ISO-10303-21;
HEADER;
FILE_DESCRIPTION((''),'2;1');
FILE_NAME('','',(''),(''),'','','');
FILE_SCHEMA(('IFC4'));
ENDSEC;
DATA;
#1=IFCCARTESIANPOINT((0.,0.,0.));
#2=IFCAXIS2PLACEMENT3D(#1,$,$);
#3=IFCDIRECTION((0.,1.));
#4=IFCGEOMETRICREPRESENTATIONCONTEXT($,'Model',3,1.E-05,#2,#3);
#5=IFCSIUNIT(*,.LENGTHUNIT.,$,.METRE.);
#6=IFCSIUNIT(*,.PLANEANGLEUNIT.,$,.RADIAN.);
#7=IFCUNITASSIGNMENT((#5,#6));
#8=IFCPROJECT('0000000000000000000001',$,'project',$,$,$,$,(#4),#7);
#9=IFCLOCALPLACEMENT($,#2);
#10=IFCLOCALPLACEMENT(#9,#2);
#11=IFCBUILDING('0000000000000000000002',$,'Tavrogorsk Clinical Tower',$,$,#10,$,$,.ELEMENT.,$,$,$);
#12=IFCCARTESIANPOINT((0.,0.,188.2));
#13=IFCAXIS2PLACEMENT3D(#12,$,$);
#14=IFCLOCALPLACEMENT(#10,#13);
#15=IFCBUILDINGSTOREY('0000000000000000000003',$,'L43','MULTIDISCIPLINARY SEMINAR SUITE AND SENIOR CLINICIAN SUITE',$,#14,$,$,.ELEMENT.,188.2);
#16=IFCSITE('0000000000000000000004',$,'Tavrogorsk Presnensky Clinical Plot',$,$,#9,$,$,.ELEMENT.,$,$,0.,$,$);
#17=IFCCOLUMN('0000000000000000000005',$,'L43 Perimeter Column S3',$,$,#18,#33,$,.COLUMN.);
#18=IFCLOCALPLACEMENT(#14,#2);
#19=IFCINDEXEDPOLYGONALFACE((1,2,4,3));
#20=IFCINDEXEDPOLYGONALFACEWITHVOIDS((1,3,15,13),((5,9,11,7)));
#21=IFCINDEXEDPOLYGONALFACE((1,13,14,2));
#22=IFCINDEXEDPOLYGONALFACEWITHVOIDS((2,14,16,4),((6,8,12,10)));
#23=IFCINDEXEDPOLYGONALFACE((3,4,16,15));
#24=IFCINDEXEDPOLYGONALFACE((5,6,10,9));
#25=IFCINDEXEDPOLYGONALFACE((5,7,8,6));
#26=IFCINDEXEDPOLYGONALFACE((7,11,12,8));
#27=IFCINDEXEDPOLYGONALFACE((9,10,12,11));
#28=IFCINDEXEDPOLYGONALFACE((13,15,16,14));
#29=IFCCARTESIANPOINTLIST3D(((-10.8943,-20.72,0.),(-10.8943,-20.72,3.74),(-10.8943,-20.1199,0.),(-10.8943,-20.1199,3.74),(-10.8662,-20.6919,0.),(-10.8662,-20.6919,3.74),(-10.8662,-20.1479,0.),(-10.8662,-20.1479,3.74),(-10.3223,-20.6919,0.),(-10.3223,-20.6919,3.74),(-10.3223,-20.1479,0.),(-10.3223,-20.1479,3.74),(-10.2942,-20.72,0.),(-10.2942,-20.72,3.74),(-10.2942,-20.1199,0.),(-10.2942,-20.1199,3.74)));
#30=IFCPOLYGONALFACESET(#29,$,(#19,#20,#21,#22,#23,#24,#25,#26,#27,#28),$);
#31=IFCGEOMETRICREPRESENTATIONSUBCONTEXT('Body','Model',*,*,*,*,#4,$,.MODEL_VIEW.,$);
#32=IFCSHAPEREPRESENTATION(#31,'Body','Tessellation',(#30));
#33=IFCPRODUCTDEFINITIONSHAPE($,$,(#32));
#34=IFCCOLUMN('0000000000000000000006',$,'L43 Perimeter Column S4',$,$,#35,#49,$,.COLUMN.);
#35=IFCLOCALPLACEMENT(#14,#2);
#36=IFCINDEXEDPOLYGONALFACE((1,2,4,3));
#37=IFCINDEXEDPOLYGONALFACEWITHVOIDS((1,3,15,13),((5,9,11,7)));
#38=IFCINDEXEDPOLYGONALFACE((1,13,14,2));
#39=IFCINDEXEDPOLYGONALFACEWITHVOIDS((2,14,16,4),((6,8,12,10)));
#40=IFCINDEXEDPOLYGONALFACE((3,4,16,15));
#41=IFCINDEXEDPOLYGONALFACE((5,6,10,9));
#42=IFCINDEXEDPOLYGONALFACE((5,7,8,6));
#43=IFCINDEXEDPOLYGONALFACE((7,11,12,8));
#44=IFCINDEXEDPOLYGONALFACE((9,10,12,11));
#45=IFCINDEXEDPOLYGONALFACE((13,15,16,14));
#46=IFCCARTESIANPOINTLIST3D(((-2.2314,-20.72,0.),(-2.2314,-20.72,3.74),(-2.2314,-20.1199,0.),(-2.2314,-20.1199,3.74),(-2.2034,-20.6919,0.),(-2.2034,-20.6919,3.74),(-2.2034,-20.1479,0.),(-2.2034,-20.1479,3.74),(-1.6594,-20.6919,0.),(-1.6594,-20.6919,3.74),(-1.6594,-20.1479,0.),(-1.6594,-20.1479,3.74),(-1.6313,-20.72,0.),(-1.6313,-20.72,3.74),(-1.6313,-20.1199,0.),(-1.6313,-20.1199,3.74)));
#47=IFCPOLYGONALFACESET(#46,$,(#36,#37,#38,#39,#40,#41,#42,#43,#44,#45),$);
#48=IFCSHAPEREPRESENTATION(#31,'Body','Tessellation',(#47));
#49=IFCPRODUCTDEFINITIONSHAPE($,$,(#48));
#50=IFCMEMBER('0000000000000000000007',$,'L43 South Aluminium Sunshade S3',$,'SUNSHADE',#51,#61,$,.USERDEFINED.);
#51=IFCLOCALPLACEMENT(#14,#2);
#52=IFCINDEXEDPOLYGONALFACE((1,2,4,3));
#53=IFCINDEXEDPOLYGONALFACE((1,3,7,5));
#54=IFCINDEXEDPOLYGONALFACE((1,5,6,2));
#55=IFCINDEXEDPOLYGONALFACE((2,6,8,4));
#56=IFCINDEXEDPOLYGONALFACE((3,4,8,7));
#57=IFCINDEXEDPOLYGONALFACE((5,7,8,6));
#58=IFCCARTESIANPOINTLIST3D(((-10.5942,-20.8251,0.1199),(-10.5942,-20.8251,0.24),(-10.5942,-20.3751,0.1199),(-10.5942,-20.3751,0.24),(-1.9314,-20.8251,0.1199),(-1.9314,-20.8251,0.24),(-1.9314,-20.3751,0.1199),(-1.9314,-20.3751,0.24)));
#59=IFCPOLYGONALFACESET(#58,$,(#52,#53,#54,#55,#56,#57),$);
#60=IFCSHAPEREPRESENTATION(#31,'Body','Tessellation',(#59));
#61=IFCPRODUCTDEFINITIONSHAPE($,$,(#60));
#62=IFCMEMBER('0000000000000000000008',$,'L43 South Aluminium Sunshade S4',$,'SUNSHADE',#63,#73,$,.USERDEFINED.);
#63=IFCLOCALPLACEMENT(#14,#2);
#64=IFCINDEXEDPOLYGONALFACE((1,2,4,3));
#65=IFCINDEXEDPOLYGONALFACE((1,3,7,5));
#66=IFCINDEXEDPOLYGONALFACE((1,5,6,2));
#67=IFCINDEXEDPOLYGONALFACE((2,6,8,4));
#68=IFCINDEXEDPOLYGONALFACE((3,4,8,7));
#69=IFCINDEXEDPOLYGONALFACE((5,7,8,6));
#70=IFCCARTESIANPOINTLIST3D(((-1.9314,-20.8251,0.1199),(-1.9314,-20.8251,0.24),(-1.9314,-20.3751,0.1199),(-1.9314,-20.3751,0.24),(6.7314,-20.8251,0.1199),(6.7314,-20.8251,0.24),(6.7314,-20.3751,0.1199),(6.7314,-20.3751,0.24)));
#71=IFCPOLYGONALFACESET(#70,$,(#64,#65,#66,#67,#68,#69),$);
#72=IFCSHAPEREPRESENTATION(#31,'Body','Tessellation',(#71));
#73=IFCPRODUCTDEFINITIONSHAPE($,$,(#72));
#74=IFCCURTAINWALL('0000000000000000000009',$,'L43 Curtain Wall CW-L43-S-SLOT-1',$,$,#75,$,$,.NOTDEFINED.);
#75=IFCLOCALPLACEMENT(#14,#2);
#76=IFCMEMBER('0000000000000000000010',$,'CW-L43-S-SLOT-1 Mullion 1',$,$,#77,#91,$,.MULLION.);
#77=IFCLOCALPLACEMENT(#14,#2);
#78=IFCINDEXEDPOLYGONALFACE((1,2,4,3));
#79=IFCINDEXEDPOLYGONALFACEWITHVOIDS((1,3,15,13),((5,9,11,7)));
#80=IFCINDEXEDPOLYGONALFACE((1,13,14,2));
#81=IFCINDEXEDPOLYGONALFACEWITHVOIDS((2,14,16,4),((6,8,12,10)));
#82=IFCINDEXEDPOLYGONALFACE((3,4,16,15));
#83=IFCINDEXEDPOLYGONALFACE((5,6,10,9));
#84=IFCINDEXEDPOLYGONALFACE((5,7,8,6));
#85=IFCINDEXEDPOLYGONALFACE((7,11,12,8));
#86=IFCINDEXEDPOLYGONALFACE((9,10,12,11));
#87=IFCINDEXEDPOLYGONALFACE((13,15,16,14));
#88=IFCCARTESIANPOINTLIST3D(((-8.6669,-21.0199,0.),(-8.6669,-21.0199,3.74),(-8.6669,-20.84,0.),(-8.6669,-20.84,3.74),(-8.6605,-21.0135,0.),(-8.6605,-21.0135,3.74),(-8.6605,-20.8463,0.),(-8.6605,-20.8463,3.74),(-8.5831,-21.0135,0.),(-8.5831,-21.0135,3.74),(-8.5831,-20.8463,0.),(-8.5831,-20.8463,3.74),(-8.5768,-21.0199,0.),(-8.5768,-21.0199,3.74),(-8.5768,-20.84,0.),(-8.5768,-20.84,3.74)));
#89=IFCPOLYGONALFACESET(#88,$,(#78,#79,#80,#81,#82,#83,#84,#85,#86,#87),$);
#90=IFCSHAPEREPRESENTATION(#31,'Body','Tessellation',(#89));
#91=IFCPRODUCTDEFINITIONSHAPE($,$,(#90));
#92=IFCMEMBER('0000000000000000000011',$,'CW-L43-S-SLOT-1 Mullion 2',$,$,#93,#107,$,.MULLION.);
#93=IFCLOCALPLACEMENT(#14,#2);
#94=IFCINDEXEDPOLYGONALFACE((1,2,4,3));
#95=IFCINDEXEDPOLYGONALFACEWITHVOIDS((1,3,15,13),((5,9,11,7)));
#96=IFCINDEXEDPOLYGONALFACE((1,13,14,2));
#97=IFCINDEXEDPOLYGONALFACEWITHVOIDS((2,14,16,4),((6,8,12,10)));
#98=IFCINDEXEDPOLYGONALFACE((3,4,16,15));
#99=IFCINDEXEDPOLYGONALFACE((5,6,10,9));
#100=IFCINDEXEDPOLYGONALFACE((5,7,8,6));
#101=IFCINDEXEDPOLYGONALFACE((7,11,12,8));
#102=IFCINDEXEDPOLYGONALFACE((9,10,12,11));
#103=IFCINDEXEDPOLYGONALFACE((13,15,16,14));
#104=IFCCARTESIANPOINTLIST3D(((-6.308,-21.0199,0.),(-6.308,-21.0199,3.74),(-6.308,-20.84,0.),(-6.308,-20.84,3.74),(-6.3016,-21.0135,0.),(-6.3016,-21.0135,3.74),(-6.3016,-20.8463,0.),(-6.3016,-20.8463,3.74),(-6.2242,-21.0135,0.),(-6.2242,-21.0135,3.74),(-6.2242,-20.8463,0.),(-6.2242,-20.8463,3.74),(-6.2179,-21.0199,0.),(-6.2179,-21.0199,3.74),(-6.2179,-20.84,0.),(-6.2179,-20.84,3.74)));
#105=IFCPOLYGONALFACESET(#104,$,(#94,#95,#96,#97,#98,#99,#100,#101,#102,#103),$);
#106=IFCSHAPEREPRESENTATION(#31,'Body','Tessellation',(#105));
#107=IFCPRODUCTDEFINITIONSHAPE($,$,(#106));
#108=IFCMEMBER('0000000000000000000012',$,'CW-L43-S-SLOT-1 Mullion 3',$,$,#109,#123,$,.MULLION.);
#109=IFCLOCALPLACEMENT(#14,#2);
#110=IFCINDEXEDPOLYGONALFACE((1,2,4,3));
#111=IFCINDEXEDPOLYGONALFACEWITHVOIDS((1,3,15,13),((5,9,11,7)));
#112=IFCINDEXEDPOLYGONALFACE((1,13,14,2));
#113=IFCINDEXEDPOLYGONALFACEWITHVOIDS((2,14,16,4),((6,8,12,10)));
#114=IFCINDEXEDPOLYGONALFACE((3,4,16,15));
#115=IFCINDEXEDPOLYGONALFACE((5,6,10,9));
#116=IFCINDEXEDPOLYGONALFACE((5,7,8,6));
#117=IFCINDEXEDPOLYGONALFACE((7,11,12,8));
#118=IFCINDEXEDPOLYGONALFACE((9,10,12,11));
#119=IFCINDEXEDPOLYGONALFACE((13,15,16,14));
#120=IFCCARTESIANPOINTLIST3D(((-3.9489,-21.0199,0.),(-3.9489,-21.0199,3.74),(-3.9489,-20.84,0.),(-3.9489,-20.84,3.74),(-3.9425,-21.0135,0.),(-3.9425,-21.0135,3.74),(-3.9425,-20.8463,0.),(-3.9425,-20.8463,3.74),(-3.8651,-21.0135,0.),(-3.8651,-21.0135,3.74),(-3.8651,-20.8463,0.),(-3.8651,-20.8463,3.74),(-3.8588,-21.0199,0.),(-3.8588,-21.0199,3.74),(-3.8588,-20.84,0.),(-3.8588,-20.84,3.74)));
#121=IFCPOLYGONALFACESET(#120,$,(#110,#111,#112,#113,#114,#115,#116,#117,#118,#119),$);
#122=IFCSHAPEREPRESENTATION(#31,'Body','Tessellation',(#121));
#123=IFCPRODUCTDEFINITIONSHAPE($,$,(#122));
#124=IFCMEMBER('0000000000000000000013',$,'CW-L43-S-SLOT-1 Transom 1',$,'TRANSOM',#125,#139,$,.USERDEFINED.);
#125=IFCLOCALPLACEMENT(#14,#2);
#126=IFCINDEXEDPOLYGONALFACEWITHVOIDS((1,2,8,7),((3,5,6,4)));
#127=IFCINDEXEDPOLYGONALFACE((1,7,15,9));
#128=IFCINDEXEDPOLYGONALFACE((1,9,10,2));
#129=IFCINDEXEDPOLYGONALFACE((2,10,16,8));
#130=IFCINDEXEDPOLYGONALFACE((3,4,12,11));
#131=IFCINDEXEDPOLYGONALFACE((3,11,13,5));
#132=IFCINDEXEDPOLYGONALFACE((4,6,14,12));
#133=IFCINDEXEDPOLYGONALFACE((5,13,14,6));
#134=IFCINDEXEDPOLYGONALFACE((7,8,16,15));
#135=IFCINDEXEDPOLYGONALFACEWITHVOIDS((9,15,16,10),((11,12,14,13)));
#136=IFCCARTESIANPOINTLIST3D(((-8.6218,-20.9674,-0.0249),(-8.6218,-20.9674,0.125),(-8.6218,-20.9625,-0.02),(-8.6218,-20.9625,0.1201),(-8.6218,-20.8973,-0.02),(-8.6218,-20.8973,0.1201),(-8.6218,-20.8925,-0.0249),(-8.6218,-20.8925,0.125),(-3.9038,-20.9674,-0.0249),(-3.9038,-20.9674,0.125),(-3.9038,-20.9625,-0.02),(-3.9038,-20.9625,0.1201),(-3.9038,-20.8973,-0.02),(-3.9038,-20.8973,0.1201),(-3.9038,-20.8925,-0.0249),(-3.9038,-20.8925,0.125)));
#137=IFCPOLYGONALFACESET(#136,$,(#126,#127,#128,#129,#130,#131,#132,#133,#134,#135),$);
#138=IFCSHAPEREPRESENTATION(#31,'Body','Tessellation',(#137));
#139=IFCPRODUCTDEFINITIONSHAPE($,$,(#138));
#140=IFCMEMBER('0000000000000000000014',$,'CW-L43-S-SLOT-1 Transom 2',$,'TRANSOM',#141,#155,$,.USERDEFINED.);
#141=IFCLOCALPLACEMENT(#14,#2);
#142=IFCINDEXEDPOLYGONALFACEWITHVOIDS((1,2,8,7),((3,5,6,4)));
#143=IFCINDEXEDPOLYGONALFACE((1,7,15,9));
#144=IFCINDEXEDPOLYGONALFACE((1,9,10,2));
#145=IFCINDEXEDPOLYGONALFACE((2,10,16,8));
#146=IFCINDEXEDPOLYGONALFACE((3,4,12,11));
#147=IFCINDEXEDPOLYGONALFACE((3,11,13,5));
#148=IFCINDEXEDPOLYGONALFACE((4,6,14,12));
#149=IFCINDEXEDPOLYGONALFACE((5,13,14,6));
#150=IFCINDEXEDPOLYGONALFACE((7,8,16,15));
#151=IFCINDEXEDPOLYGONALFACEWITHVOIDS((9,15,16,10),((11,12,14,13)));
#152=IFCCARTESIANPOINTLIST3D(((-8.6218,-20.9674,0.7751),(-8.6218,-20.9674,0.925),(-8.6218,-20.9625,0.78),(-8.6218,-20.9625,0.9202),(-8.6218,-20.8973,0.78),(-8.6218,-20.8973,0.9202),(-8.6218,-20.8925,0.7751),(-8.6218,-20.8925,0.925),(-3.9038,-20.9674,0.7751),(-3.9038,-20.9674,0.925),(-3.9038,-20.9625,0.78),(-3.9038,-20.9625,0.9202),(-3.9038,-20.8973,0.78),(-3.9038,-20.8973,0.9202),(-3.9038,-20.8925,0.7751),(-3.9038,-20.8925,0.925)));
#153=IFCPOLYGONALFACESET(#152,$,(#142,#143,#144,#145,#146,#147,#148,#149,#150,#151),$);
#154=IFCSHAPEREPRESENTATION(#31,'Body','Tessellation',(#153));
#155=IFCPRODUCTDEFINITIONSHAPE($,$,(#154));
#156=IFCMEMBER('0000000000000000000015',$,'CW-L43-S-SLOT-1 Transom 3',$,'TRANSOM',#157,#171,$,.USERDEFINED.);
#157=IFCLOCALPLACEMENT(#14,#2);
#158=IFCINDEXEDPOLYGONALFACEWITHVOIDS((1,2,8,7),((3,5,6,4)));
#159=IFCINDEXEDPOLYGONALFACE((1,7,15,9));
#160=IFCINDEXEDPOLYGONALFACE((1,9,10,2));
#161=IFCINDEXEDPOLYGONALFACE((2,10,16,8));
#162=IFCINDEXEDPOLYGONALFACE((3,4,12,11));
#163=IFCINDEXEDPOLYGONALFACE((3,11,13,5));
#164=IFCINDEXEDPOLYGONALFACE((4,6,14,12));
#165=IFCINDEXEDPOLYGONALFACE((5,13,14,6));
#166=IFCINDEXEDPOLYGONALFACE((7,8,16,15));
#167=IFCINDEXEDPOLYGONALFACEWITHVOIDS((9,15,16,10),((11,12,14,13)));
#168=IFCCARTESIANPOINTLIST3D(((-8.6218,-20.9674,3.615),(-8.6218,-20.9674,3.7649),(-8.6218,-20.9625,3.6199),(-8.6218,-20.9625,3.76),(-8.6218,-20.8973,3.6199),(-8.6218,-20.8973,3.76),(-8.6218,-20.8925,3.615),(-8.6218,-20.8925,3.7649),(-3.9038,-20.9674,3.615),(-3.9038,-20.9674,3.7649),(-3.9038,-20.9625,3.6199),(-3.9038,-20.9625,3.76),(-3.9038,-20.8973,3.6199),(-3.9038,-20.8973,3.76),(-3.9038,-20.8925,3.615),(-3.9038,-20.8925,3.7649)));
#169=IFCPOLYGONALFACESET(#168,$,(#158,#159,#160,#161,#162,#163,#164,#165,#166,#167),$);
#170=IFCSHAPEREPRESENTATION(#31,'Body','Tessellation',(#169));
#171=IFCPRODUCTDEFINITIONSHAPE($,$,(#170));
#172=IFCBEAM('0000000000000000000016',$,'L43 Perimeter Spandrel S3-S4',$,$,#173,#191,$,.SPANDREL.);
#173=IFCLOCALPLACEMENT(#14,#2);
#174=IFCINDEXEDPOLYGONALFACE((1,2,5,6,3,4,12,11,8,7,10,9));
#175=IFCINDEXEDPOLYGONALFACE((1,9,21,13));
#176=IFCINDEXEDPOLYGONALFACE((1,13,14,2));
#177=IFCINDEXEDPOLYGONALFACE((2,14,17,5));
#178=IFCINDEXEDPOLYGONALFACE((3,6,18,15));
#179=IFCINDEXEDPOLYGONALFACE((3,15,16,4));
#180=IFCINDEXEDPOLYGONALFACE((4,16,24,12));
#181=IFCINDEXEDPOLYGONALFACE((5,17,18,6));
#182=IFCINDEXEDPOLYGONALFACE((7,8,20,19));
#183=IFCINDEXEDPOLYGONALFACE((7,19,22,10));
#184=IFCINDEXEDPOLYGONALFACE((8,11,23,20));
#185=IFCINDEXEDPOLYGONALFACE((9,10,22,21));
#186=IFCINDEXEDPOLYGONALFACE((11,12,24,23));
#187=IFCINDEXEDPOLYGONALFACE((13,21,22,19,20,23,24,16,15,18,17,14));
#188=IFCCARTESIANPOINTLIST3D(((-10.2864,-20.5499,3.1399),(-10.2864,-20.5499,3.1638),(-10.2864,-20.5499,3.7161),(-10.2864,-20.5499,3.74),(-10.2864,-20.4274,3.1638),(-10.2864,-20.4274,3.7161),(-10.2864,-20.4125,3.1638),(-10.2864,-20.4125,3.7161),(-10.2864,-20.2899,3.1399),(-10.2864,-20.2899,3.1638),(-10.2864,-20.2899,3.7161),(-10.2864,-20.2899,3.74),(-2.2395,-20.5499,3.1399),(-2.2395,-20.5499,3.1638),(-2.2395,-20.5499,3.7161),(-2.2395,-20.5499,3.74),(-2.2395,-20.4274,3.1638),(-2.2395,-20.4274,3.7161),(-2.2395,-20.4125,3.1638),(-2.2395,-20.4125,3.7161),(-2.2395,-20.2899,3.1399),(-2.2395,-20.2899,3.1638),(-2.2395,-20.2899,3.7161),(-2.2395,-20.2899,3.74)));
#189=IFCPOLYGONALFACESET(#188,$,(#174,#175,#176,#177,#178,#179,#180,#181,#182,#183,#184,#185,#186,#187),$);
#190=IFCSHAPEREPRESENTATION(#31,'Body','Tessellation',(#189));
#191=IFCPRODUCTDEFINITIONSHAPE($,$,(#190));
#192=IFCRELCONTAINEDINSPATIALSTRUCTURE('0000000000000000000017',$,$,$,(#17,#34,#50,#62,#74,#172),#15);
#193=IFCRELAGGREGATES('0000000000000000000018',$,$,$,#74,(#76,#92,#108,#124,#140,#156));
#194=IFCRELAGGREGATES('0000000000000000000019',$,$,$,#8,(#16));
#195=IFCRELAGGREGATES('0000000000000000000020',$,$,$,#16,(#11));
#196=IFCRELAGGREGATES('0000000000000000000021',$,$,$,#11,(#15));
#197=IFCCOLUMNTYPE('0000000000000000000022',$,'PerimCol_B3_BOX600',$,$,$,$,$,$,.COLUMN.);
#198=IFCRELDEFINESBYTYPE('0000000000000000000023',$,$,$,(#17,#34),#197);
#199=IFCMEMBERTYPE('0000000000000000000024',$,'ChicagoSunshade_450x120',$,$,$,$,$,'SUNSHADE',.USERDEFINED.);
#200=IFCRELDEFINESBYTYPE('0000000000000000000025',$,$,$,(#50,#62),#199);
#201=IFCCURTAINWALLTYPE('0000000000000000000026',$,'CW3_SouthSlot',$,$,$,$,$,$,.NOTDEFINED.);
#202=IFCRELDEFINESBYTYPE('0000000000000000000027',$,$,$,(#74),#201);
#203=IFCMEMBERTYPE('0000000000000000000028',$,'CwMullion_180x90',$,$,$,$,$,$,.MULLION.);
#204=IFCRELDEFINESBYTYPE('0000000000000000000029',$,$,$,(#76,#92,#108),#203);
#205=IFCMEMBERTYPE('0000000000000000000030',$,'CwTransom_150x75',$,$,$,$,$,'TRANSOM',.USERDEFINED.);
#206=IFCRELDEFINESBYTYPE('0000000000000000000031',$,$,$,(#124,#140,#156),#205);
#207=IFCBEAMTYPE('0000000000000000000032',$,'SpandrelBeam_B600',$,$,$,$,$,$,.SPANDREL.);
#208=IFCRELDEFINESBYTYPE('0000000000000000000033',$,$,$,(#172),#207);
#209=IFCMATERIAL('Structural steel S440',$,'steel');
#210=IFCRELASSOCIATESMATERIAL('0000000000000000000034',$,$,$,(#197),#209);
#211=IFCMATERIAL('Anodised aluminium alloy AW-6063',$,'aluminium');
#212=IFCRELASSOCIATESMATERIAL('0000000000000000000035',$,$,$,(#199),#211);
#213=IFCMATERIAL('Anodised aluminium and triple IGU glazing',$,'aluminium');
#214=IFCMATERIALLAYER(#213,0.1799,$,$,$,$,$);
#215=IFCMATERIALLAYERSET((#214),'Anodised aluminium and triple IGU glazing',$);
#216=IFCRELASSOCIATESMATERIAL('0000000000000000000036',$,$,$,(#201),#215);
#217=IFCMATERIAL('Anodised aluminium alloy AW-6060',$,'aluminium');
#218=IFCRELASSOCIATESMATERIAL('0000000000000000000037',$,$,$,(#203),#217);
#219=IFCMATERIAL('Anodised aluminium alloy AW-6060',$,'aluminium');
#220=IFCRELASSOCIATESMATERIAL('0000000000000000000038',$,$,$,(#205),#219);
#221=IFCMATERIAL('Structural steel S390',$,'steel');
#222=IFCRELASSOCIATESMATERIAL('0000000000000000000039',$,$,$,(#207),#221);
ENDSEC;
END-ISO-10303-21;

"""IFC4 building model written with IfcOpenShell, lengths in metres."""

from ifc_helpers import new_model, si_unit, direction, frame, origin, origin_2d, place, context, subcontext, project, spatial, rectangle, hollow_rectangle, i_section, extrude, material, layer, layer_set, material_profile, profile_set, type_object, element, aggregate, save


model = new_model("IFC4")

# Units and contexts
model_context = context("Model", 3, precision=1e-05, world=origin(), true_north=direction((0.0, 1.0)))
body_context = subcontext(model_context, "Body", "Model", "MODEL_VIEW")
ifc_project = project(units=[si_unit("LENGTHUNIT", "METRE"), si_unit("PLANEANGLEUNIT", "RADIAN")], contexts=[model_context])

# Site, building, storey
site_placement = place(None, origin())
site = spatial("IfcSite", under=ifc_project, at=site_placement, Name="Tavrogorsk Presnensky Clinical Plot", CompositionType="ELEMENT", RefElevation=0.0)
building_placement = place(site_placement, origin())
building = spatial("IfcBuilding", under=site, at=building_placement, Name="Tavrogorsk Clinical Tower", CompositionType="ELEMENT")
storey_placement = place(building_placement, frame((0.0, 0.0, 188.2)))
storey = spatial("IfcBuildingStorey", under=building, at=storey_placement, Name="L43", Description="MULTIDISCIPLINARY SEMINAR SUITE AND SENIOR CLINICIAN SUITE", CompositionType="ELEMENT", Elevation=188.2)

# Columns
ifc_material_1 = material(Name="Structural steel S440", Category="steel")
ifc_material_profile_1 = material_profile(ifc_material_1, hollow_rectangle(XDim=0.6001, YDim=0.6001, WallThickness=0.0281, at=origin_2d()), Name="BOX-600x600x28")
ifc_profile_set_1 = profile_set([ifc_material_profile_1], Name="Structural steel S440")
column_type = type_object("IfcColumnType", Name="PerimCol_B3_BOX600", PredefinedType="COLUMN", material=ifc_profile_set_1)
for number, where, z_axis, x_axis, name in (
    (1, (-10.5942, -20.4199, 0.0), (0.0, 0.0, 1.0), (1.0, 0.0, 0.0), "L43 Perimeter Column S3"),
    (2, (-1.9314, -20.4199, 0.0), (0.0, 0.0, 1.0), (1.0, 0.0, 0.0), "L43 Perimeter Column S4"),
):
    element("IfcColumn", number, at=place(storey_placement, frame(where, z_axis=z_axis, x_axis=x_axis)), inside=storey, type_object=column_type, Name=name, PredefinedType="COLUMN", context=body_context, shape_type="SweptSolid", body=[
        extrude(hollow_rectangle(XDim=0.6001, YDim=0.6001, WallThickness=0.0281, at=origin_2d()), origin(), (0.0, 0.0, 1.0), 3.74),
    ])

# Members
ifc_material_2 = material(Name="Anodised aluminium alloy AW-6063", Category="aluminium")
ifc_material_profile_2 = material_profile(ifc_material_2, rectangle(XDim=0.45, YDim=0.1201, at=origin_2d()), Name="ALU-SUNSHADE-450x120")
ifc_profile_set_2 = profile_set([ifc_material_profile_2], Name="Anodised aluminium alloy AW-6063")
member_type_1 = type_object("IfcMemberType", Name="ChicagoSunshade_450x120", ElementType="SUNSHADE", PredefinedType="USERDEFINED", material=ifc_profile_set_2)
for number, where, z_axis, x_axis, name in (
    (3, (-10.5942, -20.6001, 0.1799), (1.0, 0.0, 0.0), (0.0, 1.0, 0.0), "L43 South Aluminium Sunshade S3"),
    (4, (-1.9314, -20.6001, 0.1799), (1.0, 0.0, 0.0), (0.0, 1.0, 0.0), "L43 South Aluminium Sunshade S4"),
):
    element("IfcMember", number, at=place(storey_placement, frame(where, z_axis=z_axis, x_axis=x_axis)), inside=storey, type_object=member_type_1, Name=name, ObjectType="SUNSHADE", PredefinedType="USERDEFINED", context=body_context, shape_type="SweptSolid", body=[
        extrude(rectangle(XDim=0.45, YDim=0.1201, at=origin_2d()), origin(), (0.0, 0.0, 1.0), 8.6628),
    ])

# Curtain wall, members
ifc_material_3 = material(Name="Anodised aluminium and triple IGU glazing", Category="aluminium")
ifc_layer_1 = layer(ifc_material_3, 0.1799)
ifc_layer_set_1 = layer_set([ifc_layer_1], Name="Anodised aluminium and triple IGU glazing")
curtain_wall_type = type_object("IfcCurtainWallType", Name="CW3_SouthSlot", PredefinedType="NOTDEFINED", material=ifc_layer_set_1)
curtain_wall_placement = place(storey_placement, origin())
curtain_wall = element("IfcCurtainWall", 5, at=curtain_wall_placement, inside=storey, type_object=curtain_wall_type, Name="L43 Curtain Wall CW-L43-S-SLOT-1", PredefinedType="NOTDEFINED")
ifc_material_4 = material(Name="Anodised aluminium alloy AW-6060", Category="aluminium")
ifc_material_profile_3 = material_profile(ifc_material_4, hollow_rectangle(XDim=0.0901, YDim=0.1799, WallThickness=0.0063, at=origin_2d()), Name="RHS-180x90x6.3")
ifc_profile_set_3 = profile_set([ifc_material_profile_3], Name="Anodised aluminium alloy AW-6060")
member_type_2 = type_object("IfcMemberType", Name="CwMullion_180x90", PredefinedType="MULLION", material=ifc_profile_set_3)
member_1_placement = place(storey_placement, frame((-8.6218, -20.9299, 0.0), z_axis=(0.0, 0.0, 1.0), x_axis=(1.0, 0.0, 0.0)))
member_1 = element("IfcMember", 6, at=member_1_placement, type_object=member_type_2, Name="CW-L43-S-SLOT-1 Mullion 1", PredefinedType="MULLION", context=body_context, shape_type="SweptSolid", body=[
    extrude(hollow_rectangle(XDim=0.0901, YDim=0.1799, WallThickness=0.0063, at=origin_2d()), origin(), (0.0, 0.0, 1.0), 3.74),
])
member_2_placement = place(storey_placement, frame((-6.2629, -20.9299, 0.0), z_axis=(0.0, 0.0, 1.0), x_axis=(1.0, 0.0, 0.0)))
member_2 = element("IfcMember", 7, at=member_2_placement, type_object=member_type_2, Name="CW-L43-S-SLOT-1 Mullion 2", PredefinedType="MULLION", context=body_context, shape_type="SweptSolid", body=[
    extrude(hollow_rectangle(XDim=0.0901, YDim=0.1799, WallThickness=0.0063, at=origin_2d()), origin(), (0.0, 0.0, 1.0), 3.74),
])
member_3_placement = place(storey_placement, frame((-3.9038, -20.9299, 0.0), z_axis=(0.0, 0.0, 1.0), x_axis=(1.0, 0.0, 0.0)))
member_3 = element("IfcMember", 8, at=member_3_placement, type_object=member_type_2, Name="CW-L43-S-SLOT-1 Mullion 3", PredefinedType="MULLION", context=body_context, shape_type="SweptSolid", body=[
    extrude(hollow_rectangle(XDim=0.0901, YDim=0.1799, WallThickness=0.0063, at=origin_2d()), origin(), (0.0, 0.0, 1.0), 3.74),
])
ifc_material_5 = material(Name="Anodised aluminium alloy AW-6060", Category="aluminium")
ifc_material_profile_4 = material_profile(ifc_material_5, hollow_rectangle(XDim=0.075, YDim=0.1499, WallThickness=0.0049, at=origin_2d()), Name="RHS-150x75x5")
ifc_profile_set_4 = profile_set([ifc_material_profile_4], Name="Anodised aluminium alloy AW-6060")
member_type_3 = type_object("IfcMemberType", Name="CwTransom_150x75", ElementType="TRANSOM", PredefinedType="USERDEFINED", material=ifc_profile_set_4)
member_4_placement = place(storey_placement, frame((-8.6218, -20.9299, 0.05), z_axis=(1.0, 0.0, 0.0), x_axis=(0.0, 1.0, 0.0)))
member_4 = element("IfcMember", 9, at=member_4_placement, type_object=member_type_3, Name="CW-L43-S-SLOT-1 Transom 1", ObjectType="TRANSOM", PredefinedType="USERDEFINED", context=body_context, shape_type="SweptSolid", body=[
    extrude(hollow_rectangle(XDim=0.075, YDim=0.1499, WallThickness=0.0049, at=origin_2d()), origin(), (0.0, 0.0, 1.0), 4.718),
])
member_5_placement = place(storey_placement, frame((-8.6218, -20.9299, 0.8501), z_axis=(1.0, 0.0, 0.0), x_axis=(0.0, 1.0, 0.0)))
member_5 = element("IfcMember", 10, at=member_5_placement, type_object=member_type_3, Name="CW-L43-S-SLOT-1 Transom 2", ObjectType="TRANSOM", PredefinedType="USERDEFINED", context=body_context, shape_type="SweptSolid", body=[
    extrude(hollow_rectangle(XDim=0.075, YDim=0.1499, WallThickness=0.0049, at=origin_2d()), origin(), (0.0, 0.0, 1.0), 4.718),
])
member_6_placement = place(storey_placement, frame((-8.6218, -20.9299, 3.6899), z_axis=(1.0, 0.0, 0.0), x_axis=(0.0, 1.0, 0.0)))
member_6 = element("IfcMember", 11, at=member_6_placement, type_object=member_type_3, Name="CW-L43-S-SLOT-1 Transom 3", ObjectType="TRANSOM", PredefinedType="USERDEFINED", context=body_context, shape_type="SweptSolid", body=[
    extrude(hollow_rectangle(XDim=0.075, YDim=0.1499, WallThickness=0.0049, at=origin_2d()), origin(), (0.0, 0.0, 1.0), 4.718),
])

# Beam
ifc_material_6 = material(Name="Structural steel S390", Category="steel")
ifc_material_profile_5 = material_profile(ifc_material_6, i_section(OverallWidth=0.26, OverallDepth=0.6001, WebThickness=0.0149, FlangeThickness=0.0239, at=origin_2d()), Name="B-600x260x15x24")
ifc_profile_set_5 = profile_set([ifc_material_profile_5], Name="Structural steel S390")
beam_type = type_object("IfcBeamType", Name="SpandrelBeam_B600", PredefinedType="SPANDREL", material=ifc_profile_set_5)
beam_placement = place(storey_placement, frame((-10.2864, -20.4199, 3.4399), z_axis=(1.0, 0.0, 0.0), x_axis=(0.0, 1.0, 0.0)))
element("IfcBeam", 12, at=beam_placement, inside=storey, type_object=beam_type, Name="L43 Perimeter Spandrel S3-S4", PredefinedType="SPANDREL", context=body_context, shape_type="SweptSolid", body=[
    extrude(i_section(OverallWidth=0.26, OverallDepth=0.6001, WebThickness=0.0149, FlangeThickness=0.0239, at=origin_2d()), origin(), (0.0, 0.0, 1.0), 8.0469),
])

aggregate(curtain_wall, [member_1, member_2, member_3, member_4, member_5, member_6])

save(model, "model.ifc")
